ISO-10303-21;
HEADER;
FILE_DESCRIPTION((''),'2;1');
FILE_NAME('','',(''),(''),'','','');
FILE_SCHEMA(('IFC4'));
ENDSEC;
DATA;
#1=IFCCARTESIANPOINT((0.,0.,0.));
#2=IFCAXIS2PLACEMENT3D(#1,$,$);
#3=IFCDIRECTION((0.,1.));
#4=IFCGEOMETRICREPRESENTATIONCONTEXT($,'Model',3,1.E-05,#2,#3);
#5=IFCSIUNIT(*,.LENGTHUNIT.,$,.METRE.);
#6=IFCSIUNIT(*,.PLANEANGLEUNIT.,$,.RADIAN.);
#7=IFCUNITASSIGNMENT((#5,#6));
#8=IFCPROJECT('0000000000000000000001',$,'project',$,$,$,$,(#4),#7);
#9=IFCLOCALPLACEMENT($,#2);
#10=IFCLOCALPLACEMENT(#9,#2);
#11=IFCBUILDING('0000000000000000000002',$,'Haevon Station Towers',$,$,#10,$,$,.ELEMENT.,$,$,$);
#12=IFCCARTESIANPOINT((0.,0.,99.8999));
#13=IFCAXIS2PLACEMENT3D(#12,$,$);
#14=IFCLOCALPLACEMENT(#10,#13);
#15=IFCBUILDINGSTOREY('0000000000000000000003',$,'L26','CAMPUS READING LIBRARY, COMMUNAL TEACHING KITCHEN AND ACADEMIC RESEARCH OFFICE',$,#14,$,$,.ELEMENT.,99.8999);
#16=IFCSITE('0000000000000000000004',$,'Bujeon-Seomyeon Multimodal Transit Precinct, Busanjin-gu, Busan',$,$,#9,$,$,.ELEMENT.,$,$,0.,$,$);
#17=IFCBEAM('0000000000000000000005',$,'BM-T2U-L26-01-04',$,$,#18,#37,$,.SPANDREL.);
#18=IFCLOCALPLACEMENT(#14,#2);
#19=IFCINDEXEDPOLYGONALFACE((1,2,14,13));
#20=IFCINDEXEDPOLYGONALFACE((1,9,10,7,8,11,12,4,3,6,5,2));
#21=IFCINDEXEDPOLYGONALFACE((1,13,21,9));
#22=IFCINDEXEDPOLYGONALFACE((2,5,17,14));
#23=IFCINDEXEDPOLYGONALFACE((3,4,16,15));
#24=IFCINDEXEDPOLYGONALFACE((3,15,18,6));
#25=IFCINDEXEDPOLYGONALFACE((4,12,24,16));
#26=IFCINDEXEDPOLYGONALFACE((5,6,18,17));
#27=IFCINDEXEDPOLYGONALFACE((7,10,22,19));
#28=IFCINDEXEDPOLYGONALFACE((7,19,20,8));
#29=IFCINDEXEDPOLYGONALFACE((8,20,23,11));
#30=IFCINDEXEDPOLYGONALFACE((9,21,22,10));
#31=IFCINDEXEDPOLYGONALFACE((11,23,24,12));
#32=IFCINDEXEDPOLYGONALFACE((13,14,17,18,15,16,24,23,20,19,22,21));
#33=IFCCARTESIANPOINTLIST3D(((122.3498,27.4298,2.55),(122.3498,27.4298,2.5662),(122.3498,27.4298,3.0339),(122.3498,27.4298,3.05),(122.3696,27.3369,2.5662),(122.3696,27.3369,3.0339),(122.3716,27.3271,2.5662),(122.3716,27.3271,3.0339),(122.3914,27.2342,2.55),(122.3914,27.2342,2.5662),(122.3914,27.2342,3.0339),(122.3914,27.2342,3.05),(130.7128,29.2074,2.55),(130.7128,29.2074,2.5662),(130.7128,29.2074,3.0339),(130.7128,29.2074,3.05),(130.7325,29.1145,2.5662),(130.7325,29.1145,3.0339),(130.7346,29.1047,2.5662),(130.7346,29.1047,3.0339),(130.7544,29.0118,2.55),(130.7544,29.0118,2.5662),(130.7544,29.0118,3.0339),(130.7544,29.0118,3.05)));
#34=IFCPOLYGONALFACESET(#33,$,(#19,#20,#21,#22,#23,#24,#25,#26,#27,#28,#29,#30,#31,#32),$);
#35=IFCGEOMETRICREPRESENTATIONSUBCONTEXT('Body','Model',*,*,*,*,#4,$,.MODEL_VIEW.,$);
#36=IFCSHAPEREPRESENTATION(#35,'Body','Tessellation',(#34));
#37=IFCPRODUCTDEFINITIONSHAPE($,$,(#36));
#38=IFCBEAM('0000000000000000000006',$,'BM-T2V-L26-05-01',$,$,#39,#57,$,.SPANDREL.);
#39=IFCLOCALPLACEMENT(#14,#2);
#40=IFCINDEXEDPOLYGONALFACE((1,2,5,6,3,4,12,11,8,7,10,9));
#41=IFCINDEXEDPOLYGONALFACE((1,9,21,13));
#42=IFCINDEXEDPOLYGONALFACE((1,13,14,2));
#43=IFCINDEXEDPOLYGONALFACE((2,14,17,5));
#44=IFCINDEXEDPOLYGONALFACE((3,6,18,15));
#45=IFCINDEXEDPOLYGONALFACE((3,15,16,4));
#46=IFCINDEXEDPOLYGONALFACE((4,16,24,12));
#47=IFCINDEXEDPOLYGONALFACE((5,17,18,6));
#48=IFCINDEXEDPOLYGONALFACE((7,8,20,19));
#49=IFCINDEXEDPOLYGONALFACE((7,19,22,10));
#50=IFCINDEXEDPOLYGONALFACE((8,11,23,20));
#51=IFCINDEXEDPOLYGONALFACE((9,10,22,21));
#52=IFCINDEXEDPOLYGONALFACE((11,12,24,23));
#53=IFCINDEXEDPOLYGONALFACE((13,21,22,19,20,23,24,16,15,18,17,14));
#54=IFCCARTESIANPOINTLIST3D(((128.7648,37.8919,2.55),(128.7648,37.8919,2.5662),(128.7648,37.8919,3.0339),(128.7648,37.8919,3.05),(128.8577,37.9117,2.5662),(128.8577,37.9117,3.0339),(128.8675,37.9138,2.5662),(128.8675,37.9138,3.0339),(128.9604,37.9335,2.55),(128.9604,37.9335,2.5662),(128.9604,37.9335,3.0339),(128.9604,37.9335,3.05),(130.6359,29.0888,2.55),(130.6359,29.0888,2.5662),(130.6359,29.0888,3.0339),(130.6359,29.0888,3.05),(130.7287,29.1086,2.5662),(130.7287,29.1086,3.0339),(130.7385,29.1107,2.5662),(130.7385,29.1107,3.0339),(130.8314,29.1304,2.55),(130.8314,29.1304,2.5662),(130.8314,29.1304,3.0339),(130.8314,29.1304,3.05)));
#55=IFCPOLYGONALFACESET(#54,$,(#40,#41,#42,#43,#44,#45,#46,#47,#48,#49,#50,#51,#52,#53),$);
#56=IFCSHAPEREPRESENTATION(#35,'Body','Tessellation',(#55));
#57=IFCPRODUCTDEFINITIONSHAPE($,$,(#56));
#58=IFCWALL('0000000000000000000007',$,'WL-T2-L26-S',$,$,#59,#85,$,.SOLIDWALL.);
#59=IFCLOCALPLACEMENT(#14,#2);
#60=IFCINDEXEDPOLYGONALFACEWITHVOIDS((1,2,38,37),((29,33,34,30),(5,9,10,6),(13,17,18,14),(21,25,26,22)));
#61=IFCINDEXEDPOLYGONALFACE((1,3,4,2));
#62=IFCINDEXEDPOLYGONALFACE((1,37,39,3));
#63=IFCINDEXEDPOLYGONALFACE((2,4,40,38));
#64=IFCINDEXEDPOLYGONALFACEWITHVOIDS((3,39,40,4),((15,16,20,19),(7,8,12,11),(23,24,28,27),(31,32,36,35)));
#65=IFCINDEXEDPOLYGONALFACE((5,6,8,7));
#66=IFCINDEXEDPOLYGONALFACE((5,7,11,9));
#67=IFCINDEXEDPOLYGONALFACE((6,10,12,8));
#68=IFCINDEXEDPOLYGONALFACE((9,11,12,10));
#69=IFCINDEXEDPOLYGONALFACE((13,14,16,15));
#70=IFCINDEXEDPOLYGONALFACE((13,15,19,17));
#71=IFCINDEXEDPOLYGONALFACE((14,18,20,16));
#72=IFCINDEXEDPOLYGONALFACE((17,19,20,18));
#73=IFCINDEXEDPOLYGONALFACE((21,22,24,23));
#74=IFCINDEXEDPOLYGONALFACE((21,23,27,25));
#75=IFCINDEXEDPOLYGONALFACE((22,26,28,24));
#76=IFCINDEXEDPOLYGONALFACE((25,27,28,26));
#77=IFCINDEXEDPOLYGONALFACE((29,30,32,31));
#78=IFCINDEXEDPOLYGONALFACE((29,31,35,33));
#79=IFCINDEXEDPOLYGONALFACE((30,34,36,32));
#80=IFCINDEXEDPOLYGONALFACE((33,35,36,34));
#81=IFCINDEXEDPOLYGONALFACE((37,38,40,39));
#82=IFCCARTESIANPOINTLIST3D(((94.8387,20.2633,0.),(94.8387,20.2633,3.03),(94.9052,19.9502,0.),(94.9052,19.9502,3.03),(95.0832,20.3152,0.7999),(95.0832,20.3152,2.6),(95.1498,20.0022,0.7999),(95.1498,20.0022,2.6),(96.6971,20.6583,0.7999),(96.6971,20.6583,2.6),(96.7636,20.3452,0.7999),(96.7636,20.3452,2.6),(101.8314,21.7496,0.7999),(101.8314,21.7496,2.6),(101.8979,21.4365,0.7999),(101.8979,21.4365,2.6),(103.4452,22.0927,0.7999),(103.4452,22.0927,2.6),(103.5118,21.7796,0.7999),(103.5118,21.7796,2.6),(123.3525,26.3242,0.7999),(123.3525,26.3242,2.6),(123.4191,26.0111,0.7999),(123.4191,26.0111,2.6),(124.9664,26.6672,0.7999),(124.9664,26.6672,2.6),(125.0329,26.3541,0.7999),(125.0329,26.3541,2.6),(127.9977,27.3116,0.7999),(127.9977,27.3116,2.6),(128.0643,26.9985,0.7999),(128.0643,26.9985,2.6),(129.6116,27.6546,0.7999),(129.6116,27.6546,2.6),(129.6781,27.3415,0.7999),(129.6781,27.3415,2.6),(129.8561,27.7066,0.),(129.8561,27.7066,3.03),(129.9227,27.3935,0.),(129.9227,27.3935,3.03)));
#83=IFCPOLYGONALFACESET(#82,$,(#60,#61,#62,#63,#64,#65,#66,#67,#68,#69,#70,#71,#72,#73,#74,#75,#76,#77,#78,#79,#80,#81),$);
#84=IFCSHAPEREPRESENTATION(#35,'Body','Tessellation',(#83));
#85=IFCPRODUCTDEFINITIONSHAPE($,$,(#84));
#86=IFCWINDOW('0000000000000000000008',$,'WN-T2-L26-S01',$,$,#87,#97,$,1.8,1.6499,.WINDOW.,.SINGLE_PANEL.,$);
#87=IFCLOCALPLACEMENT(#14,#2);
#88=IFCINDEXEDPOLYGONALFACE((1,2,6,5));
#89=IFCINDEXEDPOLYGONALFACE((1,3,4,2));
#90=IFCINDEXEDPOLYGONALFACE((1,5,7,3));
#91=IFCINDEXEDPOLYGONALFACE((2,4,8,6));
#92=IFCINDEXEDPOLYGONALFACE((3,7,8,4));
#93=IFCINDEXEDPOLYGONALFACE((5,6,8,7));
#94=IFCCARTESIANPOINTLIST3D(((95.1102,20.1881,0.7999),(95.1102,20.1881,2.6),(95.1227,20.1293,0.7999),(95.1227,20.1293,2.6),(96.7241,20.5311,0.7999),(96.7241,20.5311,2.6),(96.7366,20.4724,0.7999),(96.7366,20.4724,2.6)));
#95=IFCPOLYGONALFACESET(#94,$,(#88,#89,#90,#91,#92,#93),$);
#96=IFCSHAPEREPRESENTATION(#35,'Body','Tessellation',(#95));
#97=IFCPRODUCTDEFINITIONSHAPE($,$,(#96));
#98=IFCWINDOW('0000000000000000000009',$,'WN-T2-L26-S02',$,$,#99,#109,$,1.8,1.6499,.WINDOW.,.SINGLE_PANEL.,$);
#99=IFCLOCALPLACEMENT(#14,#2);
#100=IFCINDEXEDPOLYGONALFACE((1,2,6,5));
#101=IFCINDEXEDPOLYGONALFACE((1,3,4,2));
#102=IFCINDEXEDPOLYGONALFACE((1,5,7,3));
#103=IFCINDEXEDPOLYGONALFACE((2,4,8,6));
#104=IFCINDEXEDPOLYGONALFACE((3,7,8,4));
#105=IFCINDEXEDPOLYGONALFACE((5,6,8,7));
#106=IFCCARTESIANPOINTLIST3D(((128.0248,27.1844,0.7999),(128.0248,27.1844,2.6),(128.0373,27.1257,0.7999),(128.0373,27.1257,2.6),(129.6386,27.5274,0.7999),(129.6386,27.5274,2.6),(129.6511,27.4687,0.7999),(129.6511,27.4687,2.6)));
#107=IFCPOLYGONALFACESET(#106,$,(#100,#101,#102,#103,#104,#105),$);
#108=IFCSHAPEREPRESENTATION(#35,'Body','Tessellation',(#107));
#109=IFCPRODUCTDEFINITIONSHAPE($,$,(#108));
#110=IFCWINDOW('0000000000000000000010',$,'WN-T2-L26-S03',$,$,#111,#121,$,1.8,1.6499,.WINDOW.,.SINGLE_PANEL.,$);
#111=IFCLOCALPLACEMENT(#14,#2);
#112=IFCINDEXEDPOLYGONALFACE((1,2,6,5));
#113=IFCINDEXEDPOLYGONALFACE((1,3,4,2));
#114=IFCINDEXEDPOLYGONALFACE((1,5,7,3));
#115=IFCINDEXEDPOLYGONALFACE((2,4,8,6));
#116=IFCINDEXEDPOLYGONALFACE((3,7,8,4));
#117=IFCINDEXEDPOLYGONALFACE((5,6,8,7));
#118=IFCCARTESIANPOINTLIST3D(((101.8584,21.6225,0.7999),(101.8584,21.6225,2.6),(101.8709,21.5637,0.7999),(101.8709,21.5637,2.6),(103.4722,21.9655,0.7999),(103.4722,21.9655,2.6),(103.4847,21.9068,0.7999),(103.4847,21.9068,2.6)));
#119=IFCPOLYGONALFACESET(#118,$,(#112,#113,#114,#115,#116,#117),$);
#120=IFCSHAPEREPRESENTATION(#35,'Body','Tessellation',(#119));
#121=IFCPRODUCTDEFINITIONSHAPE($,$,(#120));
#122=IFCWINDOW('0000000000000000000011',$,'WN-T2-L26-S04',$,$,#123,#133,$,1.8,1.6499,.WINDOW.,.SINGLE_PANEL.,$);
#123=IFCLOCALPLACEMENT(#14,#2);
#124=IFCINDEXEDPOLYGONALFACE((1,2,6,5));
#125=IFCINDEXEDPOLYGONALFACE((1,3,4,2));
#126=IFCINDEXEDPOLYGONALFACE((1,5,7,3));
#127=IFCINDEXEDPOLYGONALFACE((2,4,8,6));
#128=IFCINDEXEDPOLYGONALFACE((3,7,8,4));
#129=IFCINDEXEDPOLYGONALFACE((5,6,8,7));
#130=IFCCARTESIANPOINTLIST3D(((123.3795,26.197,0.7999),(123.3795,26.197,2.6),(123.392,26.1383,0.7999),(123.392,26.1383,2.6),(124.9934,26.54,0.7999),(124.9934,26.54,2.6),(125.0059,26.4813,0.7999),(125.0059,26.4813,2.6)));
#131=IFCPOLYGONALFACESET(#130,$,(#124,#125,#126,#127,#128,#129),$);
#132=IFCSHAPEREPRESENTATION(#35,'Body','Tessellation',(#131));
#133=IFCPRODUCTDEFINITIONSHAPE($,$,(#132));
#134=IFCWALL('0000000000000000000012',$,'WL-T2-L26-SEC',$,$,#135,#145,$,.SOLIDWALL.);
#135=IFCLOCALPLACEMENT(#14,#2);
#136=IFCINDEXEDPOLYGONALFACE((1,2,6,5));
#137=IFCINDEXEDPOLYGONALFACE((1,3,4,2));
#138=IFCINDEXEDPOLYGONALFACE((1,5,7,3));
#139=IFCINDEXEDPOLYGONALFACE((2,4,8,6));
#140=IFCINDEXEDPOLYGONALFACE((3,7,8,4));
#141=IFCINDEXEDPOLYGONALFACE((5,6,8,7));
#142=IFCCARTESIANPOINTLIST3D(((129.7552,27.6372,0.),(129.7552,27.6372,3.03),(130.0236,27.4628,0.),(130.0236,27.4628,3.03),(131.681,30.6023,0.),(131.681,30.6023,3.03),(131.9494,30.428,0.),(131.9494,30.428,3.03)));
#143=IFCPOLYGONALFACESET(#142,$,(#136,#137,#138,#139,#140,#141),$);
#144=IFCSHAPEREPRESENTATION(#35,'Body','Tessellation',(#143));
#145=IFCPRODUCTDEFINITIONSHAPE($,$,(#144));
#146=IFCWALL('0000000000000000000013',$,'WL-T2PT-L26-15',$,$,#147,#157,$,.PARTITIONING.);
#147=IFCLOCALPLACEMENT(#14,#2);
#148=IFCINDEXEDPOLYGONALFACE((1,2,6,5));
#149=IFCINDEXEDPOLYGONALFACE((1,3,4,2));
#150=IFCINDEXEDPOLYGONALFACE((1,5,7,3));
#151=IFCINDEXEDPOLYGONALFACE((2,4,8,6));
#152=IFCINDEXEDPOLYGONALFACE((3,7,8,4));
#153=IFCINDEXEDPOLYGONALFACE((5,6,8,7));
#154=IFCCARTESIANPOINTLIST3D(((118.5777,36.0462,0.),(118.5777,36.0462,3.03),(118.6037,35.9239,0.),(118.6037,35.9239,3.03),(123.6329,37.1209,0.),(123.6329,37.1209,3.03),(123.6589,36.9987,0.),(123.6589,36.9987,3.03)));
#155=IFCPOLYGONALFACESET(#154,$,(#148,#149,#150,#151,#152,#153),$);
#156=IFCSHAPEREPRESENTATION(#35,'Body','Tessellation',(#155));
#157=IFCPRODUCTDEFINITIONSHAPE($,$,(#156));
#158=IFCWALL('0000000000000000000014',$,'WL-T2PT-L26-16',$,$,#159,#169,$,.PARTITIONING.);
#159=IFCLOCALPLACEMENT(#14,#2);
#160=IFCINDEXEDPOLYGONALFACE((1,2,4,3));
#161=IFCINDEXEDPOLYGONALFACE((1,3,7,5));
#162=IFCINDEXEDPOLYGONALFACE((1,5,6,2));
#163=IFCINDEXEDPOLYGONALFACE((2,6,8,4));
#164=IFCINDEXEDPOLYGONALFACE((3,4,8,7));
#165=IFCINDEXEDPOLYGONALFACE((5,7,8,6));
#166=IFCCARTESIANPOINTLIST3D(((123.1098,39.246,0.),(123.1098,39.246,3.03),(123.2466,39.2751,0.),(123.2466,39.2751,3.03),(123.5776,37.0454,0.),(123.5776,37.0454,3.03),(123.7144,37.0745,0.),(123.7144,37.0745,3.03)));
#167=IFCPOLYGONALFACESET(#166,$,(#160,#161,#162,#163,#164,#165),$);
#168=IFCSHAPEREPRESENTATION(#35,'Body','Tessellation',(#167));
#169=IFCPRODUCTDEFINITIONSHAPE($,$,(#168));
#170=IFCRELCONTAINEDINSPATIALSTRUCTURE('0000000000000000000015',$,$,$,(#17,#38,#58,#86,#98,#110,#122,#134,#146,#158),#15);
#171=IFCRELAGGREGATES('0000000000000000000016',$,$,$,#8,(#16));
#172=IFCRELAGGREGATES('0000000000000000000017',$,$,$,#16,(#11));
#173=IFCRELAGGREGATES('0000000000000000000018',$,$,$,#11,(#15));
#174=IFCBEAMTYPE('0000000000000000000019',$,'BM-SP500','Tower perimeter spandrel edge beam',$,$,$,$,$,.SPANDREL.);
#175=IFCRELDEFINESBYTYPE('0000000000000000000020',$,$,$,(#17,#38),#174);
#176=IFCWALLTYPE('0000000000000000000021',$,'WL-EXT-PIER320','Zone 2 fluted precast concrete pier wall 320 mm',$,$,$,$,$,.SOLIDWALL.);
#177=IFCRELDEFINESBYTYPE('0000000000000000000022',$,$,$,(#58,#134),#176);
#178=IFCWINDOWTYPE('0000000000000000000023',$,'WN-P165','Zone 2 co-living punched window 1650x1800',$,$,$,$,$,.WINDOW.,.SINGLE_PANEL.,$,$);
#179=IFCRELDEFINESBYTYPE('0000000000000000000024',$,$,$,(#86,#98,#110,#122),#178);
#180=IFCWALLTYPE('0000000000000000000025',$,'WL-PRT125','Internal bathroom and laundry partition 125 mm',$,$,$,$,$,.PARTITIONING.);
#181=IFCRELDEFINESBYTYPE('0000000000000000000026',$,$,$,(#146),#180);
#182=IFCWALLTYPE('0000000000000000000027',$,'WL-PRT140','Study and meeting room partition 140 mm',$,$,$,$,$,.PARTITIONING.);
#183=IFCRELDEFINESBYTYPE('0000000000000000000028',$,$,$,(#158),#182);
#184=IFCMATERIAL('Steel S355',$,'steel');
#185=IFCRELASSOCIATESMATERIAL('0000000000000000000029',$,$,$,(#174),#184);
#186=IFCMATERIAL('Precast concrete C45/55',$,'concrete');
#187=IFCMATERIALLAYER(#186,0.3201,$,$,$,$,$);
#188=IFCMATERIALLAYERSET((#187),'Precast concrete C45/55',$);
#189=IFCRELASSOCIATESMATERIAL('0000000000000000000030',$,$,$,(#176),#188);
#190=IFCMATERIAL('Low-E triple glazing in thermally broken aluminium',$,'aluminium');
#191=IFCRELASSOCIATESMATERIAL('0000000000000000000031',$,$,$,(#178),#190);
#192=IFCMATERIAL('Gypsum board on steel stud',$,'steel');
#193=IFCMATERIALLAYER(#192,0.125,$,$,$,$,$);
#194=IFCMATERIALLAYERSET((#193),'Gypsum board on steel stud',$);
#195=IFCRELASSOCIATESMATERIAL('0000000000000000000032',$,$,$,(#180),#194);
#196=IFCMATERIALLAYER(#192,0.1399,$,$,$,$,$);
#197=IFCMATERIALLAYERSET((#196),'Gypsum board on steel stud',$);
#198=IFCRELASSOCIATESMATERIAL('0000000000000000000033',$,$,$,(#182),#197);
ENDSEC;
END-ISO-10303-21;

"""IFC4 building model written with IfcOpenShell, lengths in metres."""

from ifc_helpers import new_model, si_unit, direction, frame, frame_2d, origin, origin_2d, place, context, subcontext, project, spatial, rectangle, i_section, extrude, material, layer, layer_set, material_profile, profile_set, type_object, element, fill, save


model = new_model("IFC4")

# Units and contexts
model_context = context("Model", 3, precision=1e-05, world=origin(), true_north=direction((0.0, 1.0)))
body_context = subcontext(model_context, "Body", "Model", "MODEL_VIEW")
ifc_project = project(units=[si_unit("LENGTHUNIT", "METRE"), si_unit("PLANEANGLEUNIT", "RADIAN")], contexts=[model_context])

# Site, building, storey
site_placement = place(None, origin())
site = spatial("IfcSite", under=ifc_project, at=site_placement, Name="Bujeon-Seomyeon Multimodal Transit Precinct, Busanjin-gu, Busan", CompositionType="ELEMENT", RefElevation=0.0)
building_placement = place(site_placement, origin())
building = spatial("IfcBuilding", under=site, at=building_placement, Name="Haevon Station Towers", CompositionType="ELEMENT")
storey_placement = place(building_placement, frame((0.0, 0.0, 99.8999)))
storey = spatial("IfcBuildingStorey", under=building, at=storey_placement, Name="L26", Description="CAMPUS READING LIBRARY, COMMUNAL TEACHING KITCHEN AND ACADEMIC RESEARCH OFFICE", CompositionType="ELEMENT", Elevation=99.8999)

# Beams
ifc_material_1 = material(Name="Steel S355", Category="steel")
ifc_material_profile_1 = material_profile(ifc_material_1, i_section(OverallWidth=0.2, OverallDepth=0.5, WebThickness=0.01, FlangeThickness=0.0161, at=origin_2d()), Name="H-500x200x10x16")
ifc_profile_set_1 = profile_set([ifc_material_profile_1], Name="Steel S355")
beam_type_1 = type_object("IfcBeamType", Name="BM-SP500", Description="Tower perimeter spandrel edge beam", PredefinedType="SPANDREL", material=ifc_profile_set_1)
beam_1_placement = place(storey_placement, frame((122.3706, 27.332, 2.8), z_axis=(0.978148, 0.207908, 0.0), x_axis=(-0.207908, 0.978148, 0.0)))
element("IfcBeam", 1, at=beam_1_placement, inside=storey, type_object=beam_type_1, Name="BM-T2U-L26-01-04", PredefinedType="SPANDREL", context=body_context, shape_type="SweptSolid", body=[
    extrude(i_section(OverallWidth=0.2, OverallDepth=0.5, WebThickness=0.01, FlangeThickness=0.0161, at=origin_2d()), origin(), (0.0, 0.0, 1.0), 8.5498),
])
beam_2_placement = place(storey_placement, frame((130.7336, 29.1096, 2.8), z_axis=(-0.207902, 0.97815, 0.0), x_axis=(-0.97815, -0.207902, 0.0)))
element("IfcBeam", 2, at=beam_2_placement, inside=storey, type_object=beam_type_1, Name="BM-T2V-L26-05-01", PredefinedType="SPANDREL", context=body_context, shape_type="SweptSolid", body=[
    extrude(i_section(OverallWidth=0.2, OverallDepth=0.5, WebThickness=0.01, FlangeThickness=0.0161, at=origin_2d()), origin(), (0.0, 0.0, 1.0), 8.9998),
])

# Wall, openings, windows
ifc_material_2 = material(Name="Precast concrete C45/55", Category="concrete")
ifc_layer_1 = layer(ifc_material_2, 0.3201)
ifc_layer_set_1 = layer_set([ifc_layer_1], Name="Precast concrete C45/55")
wall_type_1 = type_object("IfcWallType", Name="WL-EXT-PIER320", Description="Zone 2 fluted precast concrete pier wall 320 mm", PredefinedType="SOLIDWALL", material=ifc_layer_set_1)
wall_1_placement = place(storey_placement, frame((129.8894, 27.55, 0.0), z_axis=(0.0, 0.0, 1.0), x_axis=(-0.978147, -0.207916, 0.0)))
wall_1 = element("IfcWall", 3, at=wall_1_placement, inside=storey, type_object=wall_type_1, Name="WL-T2-L26-S", PredefinedType="SOLIDWALL", context=body_context, shape_type="SweptSolid", body=[
    extrude(rectangle(XDim=35.7998, YDim=0.3201, at=frame_2d((17.8999, 0.0))), origin(), (0.0, 0.0, 1.0), 3.03),
])
opening_1_placement = place(wall_1_placement, frame((33.8999, 0.0, 0.8)))
opening_1 = element("IfcOpeningElement", 4, at=opening_1_placement, cuts=wall_1, PredefinedType="OPENING", context=body_context, shape_type="SweptSolid", body=[
    extrude(rectangle(XDim=1.6499, YDim=1.8, at=frame_2d((0.825, 0.8999))), frame((0.0, 0.1699, 0.0), z_axis=(0.0, -1.0, 0.0), x_axis=(1.0, 0.0, 0.0)), (0.0, 0.0, 1.0), 0.3401),
])
opening_2_placement = place(wall_1_placement, frame((0.25, 0.0, 0.8)))
opening_2 = element("IfcOpeningElement", 5, at=opening_2_placement, cuts=wall_1, PredefinedType="OPENING", context=body_context, shape_type="SweptSolid", body=[
    extrude(rectangle(XDim=1.6499, YDim=1.8, at=frame_2d((0.825, 0.8999))), frame((0.0, 0.1699, 0.0), z_axis=(0.0, -1.0, 0.0), x_axis=(1.0, 0.0, 0.0)), (0.0, 0.0, 1.0), 0.3401),
])
opening_3_placement = place(wall_1_placement, frame((27.001, 0.0, 0.8)))
opening_3 = element("IfcOpeningElement", 6, at=opening_3_placement, cuts=wall_1, PredefinedType="OPENING", context=body_context, shape_type="SweptSolid", body=[
    extrude(rectangle(XDim=1.6499, YDim=1.8, at=frame_2d((0.825, 0.8999))), frame((0.0, 0.1699, 0.0), z_axis=(0.0, -1.0, 0.0), x_axis=(1.0, 0.0, 0.0)), (0.0, 0.0, 1.0), 0.3401),
])
opening_4_placement = place(wall_1_placement, frame((4.999, 0.0, 0.8)))
opening_4 = element("IfcOpeningElement", 7, at=opening_4_placement, cuts=wall_1, PredefinedType="OPENING", context=body_context, shape_type="SweptSolid", body=[
    extrude(rectangle(XDim=1.6499, YDim=1.8, at=frame_2d((0.825, 0.8999))), frame((0.0, 0.1699, 0.0), z_axis=(0.0, -1.0, 0.0), x_axis=(1.0, 0.0, 0.0)), (0.0, 0.0, 1.0), 0.3401),
])
ifc_material_3 = material(Name="Low-E triple glazing in thermally broken aluminium", Category="aluminium")
window_type = type_object("IfcWindowType", Name="WN-P165", Description="Zone 2 co-living punched window 1650x1800", PartitioningType="SINGLE_PANEL", PredefinedType="WINDOW", material=ifc_material_3)
window_1_placement = place(opening_1_placement, origin())
window_1 = element("IfcWindow", 8, at=window_1_placement, inside=storey, type_object=window_type, Name="WN-T2-L26-S01", OverallHeight=1.8, OverallWidth=1.6499, PartitioningType="SINGLE_PANEL", PredefinedType="WINDOW", context=body_context, shape_type="SweptSolid", body=[
    extrude(rectangle(XDim=1.6499, YDim=1.8, at=frame_2d((0.825, 0.8999))), frame((0.0, 0.03, 0.0), z_axis=(0.0, -1.0, 0.0), x_axis=(1.0, 0.0, 0.0)), (0.0, 0.0, 1.0), 0.0601),
])
fill(opening_1, window_1)
window_2_placement = place(opening_2_placement, origin())
window_2 = element("IfcWindow", 9, at=window_2_placement, inside=storey, type_object=window_type, Name="WN-T2-L26-S02", OverallHeight=1.8, OverallWidth=1.6499, PartitioningType="SINGLE_PANEL", PredefinedType="WINDOW", context=body_context, shape_type="SweptSolid", body=[
    extrude(rectangle(XDim=1.6499, YDim=1.8, at=frame_2d((0.825, 0.8999))), frame((0.0, 0.03, 0.0), z_axis=(0.0, -1.0, 0.0), x_axis=(1.0, 0.0, 0.0)), (0.0, 0.0, 1.0), 0.0601),
])
fill(opening_2, window_2)
window_3_placement = place(opening_3_placement, origin())
window_3 = element("IfcWindow", 10, at=window_3_placement, inside=storey, type_object=window_type, Name="WN-T2-L26-S03", OverallHeight=1.8, OverallWidth=1.6499, PartitioningType="SINGLE_PANEL", PredefinedType="WINDOW", context=body_context, shape_type="SweptSolid", body=[
    extrude(rectangle(XDim=1.6499, YDim=1.8, at=frame_2d((0.825, 0.8999))), frame((0.0, 0.03, 0.0), z_axis=(0.0, -1.0, 0.0), x_axis=(1.0, 0.0, 0.0)), (0.0, 0.0, 1.0), 0.0601),
])
fill(opening_3, window_3)
window_4_placement = place(opening_4_placement, origin())
window_4 = element("IfcWindow", 11, at=window_4_placement, inside=storey, type_object=window_type, Name="WN-T2-L26-S04", OverallHeight=1.8, OverallWidth=1.6499, PartitioningType="SINGLE_PANEL", PredefinedType="WINDOW", context=body_context, shape_type="SweptSolid", body=[
    extrude(rectangle(XDim=1.6499, YDim=1.8, at=frame_2d((0.825, 0.8999))), frame((0.0, 0.03, 0.0), z_axis=(0.0, -1.0, 0.0), x_axis=(1.0, 0.0, 0.0)), (0.0, 0.0, 1.0), 0.0601),
])
fill(opening_4, window_4)

# Walls
wall_2_placement = place(storey_placement, frame((131.8152, 30.5151, 0.0), z_axis=(0.0, 0.0, 1.0), x_axis=(-0.544685, -0.838641, 0.0)))
element("IfcWall", 12, at=wall_2_placement, inside=storey, type_object=wall_type_1, Name="WL-T2-L26-SEC", PredefinedType="SOLIDWALL", context=body_context, shape_type="SweptSolid", body=[
    extrude(rectangle(XDim=3.5356, YDim=0.3201, at=frame_2d((1.7678, 0.0))), origin(), (0.0, 0.0, 1.0), 3.03),
])
ifc_material_4 = material(Name="Gypsum board on steel stud", Category="steel")
ifc_layer_2 = layer(ifc_material_4, 0.125)
ifc_layer_set_2 = layer_set([ifc_layer_2], Name="Gypsum board on steel stud")
wall_type_2 = type_object("IfcWallType", Name="WL-PRT125", Description="Internal bathroom and laundry partition 125 mm", PredefinedType="PARTITIONING", material=ifc_layer_set_2)
wall_3_placement = place(storey_placement, frame((118.5908, 35.9851, 0.0), z_axis=(0.0, 0.0, 1.0), x_axis=(0.97814, 0.207948, 0.0)))
element("IfcWall", 13, at=wall_3_placement, inside=storey, type_object=wall_type_2, Name="WL-T2PT-L26-15", PredefinedType="PARTITIONING", context=body_context, shape_type="SweptSolid", body=[
    extrude(rectangle(XDim=5.1682, YDim=0.125, at=frame_2d((2.584, 0.0))), origin(), (0.0, 0.0, 1.0), 3.03),
])
ifc_layer_3 = layer(ifc_material_4, 0.1399)
ifc_layer_set_3 = layer_set([ifc_layer_3], Name="Gypsum board on steel stud")
wall_type_3 = type_object("IfcWallType", Name="WL-PRT140", Description="Study and meeting room partition 140 mm", PredefinedType="PARTITIONING", material=ifc_layer_set_3)
wall_4_placement = place(storey_placement, frame((123.646, 37.0598, 0.0), z_axis=(0.0, 0.0, 1.0), x_axis=(-0.207913, 0.978147, 0.0)))
element("IfcWall", 14, at=wall_4_placement, inside=storey, type_object=wall_type_3, Name="WL-T2PT-L26-16", PredefinedType="PARTITIONING", context=body_context, shape_type="SweptSolid", body=[
    extrude(rectangle(XDim=2.2498, YDim=0.1399, at=frame_2d((1.125, 0.0))), origin(), (0.0, 0.0, 1.0), 3.03),
])

save(model, "model.ifc")
